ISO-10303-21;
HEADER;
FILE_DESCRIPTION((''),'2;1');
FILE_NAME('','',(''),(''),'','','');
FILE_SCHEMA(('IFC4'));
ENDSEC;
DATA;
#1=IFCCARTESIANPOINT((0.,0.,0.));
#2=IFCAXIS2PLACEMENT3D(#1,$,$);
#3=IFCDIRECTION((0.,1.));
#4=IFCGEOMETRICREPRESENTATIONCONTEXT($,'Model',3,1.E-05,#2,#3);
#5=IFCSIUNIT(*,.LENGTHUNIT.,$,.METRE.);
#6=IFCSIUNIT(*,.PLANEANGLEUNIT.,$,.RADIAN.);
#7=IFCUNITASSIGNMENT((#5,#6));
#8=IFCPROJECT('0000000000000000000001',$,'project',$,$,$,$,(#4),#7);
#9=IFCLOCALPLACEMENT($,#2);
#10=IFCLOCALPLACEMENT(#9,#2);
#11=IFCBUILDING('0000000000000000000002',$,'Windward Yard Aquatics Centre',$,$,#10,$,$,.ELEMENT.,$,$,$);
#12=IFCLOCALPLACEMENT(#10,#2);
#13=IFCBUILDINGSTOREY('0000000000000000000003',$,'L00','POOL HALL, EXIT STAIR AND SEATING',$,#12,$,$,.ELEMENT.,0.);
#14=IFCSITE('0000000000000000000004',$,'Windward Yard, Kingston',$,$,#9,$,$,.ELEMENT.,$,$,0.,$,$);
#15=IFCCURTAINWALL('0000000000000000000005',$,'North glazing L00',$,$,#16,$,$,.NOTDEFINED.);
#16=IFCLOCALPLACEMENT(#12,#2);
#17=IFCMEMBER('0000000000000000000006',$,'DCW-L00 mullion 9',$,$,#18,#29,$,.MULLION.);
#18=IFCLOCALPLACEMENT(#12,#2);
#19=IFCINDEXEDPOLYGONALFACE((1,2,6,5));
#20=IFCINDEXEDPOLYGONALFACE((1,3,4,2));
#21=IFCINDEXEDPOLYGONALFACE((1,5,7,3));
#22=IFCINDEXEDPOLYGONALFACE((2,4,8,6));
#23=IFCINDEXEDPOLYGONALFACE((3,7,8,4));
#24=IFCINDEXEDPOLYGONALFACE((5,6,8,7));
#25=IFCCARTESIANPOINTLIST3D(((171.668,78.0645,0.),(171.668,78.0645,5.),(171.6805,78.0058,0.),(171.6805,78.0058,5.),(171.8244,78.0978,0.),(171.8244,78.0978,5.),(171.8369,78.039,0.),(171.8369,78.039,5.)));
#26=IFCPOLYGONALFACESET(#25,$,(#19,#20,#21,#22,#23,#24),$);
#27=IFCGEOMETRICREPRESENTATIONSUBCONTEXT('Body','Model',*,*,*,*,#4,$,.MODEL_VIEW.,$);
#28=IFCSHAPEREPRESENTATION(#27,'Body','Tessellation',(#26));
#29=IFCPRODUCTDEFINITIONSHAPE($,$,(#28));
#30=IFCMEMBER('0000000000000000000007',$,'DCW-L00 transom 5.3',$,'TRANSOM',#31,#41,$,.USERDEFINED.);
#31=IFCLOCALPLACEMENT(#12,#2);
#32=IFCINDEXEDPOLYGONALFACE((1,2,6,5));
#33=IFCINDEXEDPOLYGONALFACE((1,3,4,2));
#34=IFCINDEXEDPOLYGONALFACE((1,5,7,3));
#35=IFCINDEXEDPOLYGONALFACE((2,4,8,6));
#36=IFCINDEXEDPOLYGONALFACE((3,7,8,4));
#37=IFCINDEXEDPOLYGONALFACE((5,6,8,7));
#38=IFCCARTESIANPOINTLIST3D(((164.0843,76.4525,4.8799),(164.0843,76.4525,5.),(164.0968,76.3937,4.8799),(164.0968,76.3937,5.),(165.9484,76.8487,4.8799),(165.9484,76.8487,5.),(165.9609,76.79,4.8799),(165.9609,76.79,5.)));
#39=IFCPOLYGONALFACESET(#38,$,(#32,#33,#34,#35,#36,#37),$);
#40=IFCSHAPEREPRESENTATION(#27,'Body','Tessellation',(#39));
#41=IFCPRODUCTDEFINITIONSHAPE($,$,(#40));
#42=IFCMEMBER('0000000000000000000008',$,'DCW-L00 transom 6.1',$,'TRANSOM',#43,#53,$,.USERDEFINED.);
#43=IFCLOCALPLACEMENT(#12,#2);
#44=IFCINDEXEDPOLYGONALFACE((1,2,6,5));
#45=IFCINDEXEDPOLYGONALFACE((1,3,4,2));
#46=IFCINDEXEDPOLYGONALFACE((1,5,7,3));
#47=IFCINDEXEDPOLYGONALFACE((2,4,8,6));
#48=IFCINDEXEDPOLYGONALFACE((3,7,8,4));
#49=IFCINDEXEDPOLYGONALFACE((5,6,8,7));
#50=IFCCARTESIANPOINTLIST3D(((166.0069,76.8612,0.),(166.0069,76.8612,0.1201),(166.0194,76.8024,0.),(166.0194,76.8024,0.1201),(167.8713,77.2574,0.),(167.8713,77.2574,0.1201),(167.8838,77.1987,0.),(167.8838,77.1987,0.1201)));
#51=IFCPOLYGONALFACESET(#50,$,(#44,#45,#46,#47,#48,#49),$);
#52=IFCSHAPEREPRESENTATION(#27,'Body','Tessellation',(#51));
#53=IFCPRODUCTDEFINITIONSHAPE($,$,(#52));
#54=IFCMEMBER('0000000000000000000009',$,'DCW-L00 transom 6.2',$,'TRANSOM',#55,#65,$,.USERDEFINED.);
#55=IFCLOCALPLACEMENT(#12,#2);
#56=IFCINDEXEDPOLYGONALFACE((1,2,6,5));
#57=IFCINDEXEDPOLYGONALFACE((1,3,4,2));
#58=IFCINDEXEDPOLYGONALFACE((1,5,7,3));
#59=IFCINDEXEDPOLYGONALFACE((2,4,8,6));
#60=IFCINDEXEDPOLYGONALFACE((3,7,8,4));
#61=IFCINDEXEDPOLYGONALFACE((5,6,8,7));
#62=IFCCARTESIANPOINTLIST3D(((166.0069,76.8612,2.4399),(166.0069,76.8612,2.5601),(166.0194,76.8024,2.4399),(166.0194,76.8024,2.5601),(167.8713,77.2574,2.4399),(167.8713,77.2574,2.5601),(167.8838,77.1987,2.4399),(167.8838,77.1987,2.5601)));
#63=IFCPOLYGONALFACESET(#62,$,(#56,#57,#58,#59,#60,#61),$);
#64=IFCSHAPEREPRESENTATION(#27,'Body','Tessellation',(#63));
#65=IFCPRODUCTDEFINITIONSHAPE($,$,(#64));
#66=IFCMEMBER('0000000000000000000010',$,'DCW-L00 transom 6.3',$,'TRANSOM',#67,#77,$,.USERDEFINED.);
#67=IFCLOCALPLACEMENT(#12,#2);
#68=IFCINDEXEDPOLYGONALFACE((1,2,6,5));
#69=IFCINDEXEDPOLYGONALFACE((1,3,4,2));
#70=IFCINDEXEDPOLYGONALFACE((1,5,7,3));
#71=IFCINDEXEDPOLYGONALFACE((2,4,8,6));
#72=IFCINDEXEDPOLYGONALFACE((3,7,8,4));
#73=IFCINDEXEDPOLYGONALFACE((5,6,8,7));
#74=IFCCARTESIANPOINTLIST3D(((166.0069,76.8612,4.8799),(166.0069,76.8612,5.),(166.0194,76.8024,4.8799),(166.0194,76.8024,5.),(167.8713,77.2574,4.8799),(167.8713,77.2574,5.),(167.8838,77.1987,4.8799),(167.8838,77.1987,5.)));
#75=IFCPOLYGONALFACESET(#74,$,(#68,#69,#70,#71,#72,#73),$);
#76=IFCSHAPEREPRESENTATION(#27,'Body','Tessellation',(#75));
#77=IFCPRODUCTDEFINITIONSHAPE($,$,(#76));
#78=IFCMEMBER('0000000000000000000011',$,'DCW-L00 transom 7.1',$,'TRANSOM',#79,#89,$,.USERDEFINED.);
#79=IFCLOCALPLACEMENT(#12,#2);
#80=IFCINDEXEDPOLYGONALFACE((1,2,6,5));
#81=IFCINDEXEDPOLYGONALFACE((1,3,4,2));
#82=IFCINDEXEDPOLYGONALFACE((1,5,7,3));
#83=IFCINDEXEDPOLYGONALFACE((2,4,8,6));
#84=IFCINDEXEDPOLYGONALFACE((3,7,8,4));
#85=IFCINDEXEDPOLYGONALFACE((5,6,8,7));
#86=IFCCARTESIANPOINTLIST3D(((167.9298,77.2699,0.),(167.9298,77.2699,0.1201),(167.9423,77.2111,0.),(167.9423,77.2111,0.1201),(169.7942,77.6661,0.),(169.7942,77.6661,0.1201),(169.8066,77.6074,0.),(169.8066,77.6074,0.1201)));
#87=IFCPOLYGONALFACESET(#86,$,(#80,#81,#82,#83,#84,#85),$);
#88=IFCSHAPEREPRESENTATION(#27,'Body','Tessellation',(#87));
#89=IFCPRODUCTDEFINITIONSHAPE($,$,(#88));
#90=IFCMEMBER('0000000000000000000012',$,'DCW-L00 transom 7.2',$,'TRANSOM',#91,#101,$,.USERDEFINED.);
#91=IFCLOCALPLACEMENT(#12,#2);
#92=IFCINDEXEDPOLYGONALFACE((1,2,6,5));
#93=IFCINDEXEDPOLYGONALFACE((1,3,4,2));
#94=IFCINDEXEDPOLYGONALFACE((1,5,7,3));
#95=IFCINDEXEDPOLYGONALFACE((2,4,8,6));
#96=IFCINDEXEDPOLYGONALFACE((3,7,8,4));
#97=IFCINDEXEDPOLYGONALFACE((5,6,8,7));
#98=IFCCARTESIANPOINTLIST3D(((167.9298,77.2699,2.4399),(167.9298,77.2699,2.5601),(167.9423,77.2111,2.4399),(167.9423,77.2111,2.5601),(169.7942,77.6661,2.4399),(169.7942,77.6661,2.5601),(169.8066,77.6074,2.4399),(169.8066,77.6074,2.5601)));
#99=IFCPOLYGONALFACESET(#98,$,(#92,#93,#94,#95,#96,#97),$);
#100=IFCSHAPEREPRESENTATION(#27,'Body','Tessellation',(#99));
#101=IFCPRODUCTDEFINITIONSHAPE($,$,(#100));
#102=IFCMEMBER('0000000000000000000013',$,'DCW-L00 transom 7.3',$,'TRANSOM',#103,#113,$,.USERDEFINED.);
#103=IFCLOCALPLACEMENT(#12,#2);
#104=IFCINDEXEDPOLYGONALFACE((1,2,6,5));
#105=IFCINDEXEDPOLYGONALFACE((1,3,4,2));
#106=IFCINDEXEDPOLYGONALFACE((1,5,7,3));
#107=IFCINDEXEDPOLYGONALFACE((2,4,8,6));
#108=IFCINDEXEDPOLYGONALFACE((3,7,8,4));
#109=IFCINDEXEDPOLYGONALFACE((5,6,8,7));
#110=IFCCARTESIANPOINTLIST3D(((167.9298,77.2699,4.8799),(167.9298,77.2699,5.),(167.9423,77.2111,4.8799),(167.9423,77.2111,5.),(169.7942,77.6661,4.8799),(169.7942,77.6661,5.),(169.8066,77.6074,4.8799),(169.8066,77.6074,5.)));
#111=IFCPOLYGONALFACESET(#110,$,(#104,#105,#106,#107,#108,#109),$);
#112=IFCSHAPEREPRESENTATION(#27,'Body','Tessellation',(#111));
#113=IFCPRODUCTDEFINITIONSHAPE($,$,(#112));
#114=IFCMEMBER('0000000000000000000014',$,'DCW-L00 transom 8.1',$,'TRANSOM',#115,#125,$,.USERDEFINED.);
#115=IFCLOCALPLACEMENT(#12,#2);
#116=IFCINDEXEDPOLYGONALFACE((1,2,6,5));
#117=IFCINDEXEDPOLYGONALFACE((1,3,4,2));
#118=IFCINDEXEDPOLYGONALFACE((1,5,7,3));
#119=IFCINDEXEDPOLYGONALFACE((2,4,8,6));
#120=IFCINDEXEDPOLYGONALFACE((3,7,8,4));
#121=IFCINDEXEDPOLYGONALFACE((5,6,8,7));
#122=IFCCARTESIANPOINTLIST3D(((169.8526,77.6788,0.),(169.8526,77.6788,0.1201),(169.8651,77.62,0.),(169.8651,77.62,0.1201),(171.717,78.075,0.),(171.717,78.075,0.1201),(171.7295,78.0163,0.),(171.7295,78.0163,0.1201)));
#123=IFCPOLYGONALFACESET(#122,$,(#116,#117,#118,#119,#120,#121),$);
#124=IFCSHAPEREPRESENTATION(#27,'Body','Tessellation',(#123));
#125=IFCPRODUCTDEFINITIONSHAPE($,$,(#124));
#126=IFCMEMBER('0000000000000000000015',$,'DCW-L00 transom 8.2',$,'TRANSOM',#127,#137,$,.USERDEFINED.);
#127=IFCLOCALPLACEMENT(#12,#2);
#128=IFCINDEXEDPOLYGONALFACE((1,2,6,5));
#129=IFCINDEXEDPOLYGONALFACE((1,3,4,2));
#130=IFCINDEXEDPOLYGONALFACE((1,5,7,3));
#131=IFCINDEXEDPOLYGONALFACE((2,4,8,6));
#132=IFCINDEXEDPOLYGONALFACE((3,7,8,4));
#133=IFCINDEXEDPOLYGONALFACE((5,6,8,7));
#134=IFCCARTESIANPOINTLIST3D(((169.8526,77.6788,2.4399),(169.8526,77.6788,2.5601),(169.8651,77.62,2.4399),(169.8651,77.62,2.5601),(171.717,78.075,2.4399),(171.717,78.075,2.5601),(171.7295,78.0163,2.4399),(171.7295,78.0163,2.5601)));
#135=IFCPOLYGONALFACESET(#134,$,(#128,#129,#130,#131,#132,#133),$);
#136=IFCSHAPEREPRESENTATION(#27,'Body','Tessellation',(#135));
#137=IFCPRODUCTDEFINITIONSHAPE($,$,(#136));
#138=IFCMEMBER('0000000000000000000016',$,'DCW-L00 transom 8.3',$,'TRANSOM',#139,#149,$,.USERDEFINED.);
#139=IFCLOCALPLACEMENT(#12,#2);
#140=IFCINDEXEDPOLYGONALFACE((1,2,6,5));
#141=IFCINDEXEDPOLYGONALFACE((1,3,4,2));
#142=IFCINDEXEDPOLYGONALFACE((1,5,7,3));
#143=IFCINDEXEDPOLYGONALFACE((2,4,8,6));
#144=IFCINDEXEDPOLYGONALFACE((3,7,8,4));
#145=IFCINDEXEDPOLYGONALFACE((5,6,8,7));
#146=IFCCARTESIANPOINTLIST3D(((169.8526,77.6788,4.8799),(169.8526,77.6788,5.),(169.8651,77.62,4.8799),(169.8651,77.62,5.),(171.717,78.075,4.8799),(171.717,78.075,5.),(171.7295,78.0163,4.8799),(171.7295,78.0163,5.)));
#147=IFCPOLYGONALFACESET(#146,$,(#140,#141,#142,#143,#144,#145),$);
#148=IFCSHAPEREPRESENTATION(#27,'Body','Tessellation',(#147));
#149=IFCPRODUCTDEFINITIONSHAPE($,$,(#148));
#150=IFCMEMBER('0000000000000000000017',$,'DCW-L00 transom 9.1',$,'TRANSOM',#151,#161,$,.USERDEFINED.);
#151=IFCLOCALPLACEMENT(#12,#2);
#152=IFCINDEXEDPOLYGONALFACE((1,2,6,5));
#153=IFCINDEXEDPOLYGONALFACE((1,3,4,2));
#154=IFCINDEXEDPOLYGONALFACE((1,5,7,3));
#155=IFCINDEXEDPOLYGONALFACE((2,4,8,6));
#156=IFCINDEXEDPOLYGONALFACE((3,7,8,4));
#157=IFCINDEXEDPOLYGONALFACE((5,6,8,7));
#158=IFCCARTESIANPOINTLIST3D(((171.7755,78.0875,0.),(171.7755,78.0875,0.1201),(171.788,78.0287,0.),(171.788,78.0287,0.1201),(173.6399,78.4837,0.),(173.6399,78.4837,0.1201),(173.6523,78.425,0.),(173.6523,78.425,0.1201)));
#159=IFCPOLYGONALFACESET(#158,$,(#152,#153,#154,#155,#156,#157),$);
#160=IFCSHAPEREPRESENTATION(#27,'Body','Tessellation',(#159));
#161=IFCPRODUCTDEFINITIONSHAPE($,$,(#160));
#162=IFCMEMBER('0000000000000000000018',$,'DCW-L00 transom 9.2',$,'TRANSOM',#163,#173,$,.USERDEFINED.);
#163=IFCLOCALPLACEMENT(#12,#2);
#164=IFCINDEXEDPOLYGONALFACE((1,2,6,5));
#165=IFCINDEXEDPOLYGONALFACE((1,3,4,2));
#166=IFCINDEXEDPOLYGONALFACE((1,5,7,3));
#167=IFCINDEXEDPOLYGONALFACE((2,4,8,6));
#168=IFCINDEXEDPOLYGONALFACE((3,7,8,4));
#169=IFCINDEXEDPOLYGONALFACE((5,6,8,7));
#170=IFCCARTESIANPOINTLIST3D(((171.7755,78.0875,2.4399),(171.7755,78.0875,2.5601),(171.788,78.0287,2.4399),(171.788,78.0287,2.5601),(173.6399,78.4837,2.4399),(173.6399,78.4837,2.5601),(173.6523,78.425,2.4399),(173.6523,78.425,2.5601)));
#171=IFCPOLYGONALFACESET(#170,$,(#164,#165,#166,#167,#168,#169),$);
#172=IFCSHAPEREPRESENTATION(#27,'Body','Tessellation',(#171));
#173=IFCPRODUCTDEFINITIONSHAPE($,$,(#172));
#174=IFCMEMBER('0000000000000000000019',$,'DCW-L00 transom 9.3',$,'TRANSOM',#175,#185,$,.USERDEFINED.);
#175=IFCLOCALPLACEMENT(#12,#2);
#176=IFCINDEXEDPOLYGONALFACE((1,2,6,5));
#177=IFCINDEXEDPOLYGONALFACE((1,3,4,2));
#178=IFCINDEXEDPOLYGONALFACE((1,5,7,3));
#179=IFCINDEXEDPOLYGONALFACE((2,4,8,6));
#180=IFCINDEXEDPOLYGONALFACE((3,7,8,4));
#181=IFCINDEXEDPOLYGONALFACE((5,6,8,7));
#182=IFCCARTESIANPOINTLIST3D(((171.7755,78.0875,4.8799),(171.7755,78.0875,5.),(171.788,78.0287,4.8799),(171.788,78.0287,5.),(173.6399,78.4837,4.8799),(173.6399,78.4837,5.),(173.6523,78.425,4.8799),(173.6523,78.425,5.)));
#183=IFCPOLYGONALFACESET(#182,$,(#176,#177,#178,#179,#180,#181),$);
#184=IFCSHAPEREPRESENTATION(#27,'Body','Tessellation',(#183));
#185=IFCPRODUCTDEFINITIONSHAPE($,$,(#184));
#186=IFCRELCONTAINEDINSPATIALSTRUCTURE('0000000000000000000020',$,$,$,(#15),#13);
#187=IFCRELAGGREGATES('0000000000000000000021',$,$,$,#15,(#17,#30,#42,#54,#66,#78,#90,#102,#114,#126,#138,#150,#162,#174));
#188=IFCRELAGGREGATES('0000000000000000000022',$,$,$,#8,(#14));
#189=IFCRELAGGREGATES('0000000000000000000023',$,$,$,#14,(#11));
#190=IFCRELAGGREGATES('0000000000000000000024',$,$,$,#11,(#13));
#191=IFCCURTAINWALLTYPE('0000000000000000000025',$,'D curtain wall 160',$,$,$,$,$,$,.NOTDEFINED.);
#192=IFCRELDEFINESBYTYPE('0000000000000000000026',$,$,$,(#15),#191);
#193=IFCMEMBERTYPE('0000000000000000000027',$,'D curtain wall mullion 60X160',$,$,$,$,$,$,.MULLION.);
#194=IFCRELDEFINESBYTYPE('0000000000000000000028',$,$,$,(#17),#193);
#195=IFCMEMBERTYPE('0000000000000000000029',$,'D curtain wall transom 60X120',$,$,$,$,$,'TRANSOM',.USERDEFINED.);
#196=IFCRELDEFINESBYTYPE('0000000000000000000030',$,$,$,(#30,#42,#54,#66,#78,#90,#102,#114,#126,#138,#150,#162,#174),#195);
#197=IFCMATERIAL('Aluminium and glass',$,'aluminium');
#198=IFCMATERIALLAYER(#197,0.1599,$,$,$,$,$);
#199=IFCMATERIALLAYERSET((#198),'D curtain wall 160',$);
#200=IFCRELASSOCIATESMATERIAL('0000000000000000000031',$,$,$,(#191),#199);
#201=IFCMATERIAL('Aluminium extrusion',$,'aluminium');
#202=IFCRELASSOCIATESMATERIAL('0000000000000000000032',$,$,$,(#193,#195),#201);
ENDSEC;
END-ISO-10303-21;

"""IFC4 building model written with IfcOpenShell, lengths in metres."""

from ifc_helpers import new_model, si_unit, direction, frame, origin, origin_2d, place, context, subcontext, project, spatial, rectangle, extrude, material, layer, layer_set, material_profile, profile_set, type_object, element, aggregate, save


model = new_model("IFC4")

# Units and contexts
model_context = context("Model", 3, precision=1e-05, world=origin(), true_north=direction((0.0, 1.0)))
body_context = subcontext(model_context, "Body", "Model", "MODEL_VIEW")
ifc_project = project(units=[si_unit("LENGTHUNIT", "METRE"), si_unit("PLANEANGLEUNIT", "RADIAN")], contexts=[model_context])

# Site, building, storey
site_placement = place(None, origin())
site = spatial("IfcSite", under=ifc_project, at=site_placement, Name="Windward Yard, Kingston", CompositionType="ELEMENT", RefElevation=0.0)
building_placement = place(site_placement, origin())
building = spatial("IfcBuilding", under=site, at=building_placement, Name="Windward Yard Aquatics Centre", CompositionType="ELEMENT")
storey_placement = place(building_placement, origin())
storey = spatial("IfcBuildingStorey", under=building, at=storey_placement, Name="L00", Description="POOL HALL, EXIT STAIR AND SEATING", CompositionType="ELEMENT", Elevation=0.0)

# Curtain wall, members
ifc_material_1 = material(Name="Aluminium and glass", Category="aluminium")
ifc_layer_1 = layer(ifc_material_1, 0.1599)
ifc_layer_set_1 = layer_set([ifc_layer_1], Name="D curtain wall 160")
curtain_wall_type = type_object("IfcCurtainWallType", Name="D curtain wall 160", PredefinedType="NOTDEFINED", material=ifc_layer_set_1)
curtain_wall_placement = place(storey_placement, origin())
curtain_wall = element("IfcCurtainWall", 1, at=curtain_wall_placement, inside=storey, type_object=curtain_wall_type, Name="North glazing L00", PredefinedType="NOTDEFINED")
ifc_material_2 = material(Name="Aluminium extrusion", Category="aluminium")
ifc_material_profile_1 = material_profile(ifc_material_2, rectangle(XDim=0.0601, YDim=0.1599, at=origin_2d()), Name="MULLION 60X160")
ifc_profile_set_1 = profile_set([ifc_material_profile_1], Name="Aluminium extrusion")
member_type_1 = type_object("IfcMemberType", Name="D curtain wall mullion 60X160", PredefinedType="MULLION", material=ifc_profile_set_1)
member_1_placement = place(storey_placement, frame((171.7524, 78.0518, 0.0), z_axis=(0.0, 0.0, 1.0), x_axis=(-0.207912, 0.978148, 0.0)))
member_1 = element("IfcMember", 2, at=member_1_placement, type_object=member_type_1, Name="DCW-L00 mullion 9", PredefinedType="MULLION", context=body_context, shape_type="SweptSolid", body=[
    extrude(rectangle(XDim=0.0601, YDim=0.1599, at=origin_2d()), origin(), (0.0, 0.0, 1.0), 5.0),
])
ifc_material_profile_2 = material_profile(ifc_material_2, rectangle(XDim=0.0601, YDim=0.1201, at=origin_2d()), Name="TRANSOM 60X120")
ifc_profile_set_2 = profile_set([ifc_material_profile_2], Name="Aluminium extrusion")
member_type_2 = type_object("IfcMemberType", Name="D curtain wall transom 60X120", ElementType="TRANSOM", PredefinedType="USERDEFINED", material=ifc_profile_set_2)
member_2_placement = place(storey_placement, frame((164.0906, 76.4231, 4.9399), z_axis=(0.978144, 0.207928, 0.0), x_axis=(-0.207928, 0.978144, 0.0)))
member_2 = element("IfcMember", 3, at=member_2_placement, type_object=member_type_2, Name="DCW-L00 transom 5.3", ObjectType="TRANSOM", PredefinedType="USERDEFINED", context=body_context, shape_type="SweptSolid", body=[
    extrude(rectangle(XDim=0.0601, YDim=0.1201, at=origin_2d()), origin(), (0.0, 0.0, 1.0), 1.9058),
])
member_3_placement = place(storey_placement, frame((166.0132, 76.8318, 0.0601), z_axis=(0.97815, 0.207902, 0.0), x_axis=(-0.207902, 0.97815, 0.0)))
member_3 = element("IfcMember", 4, at=member_3_placement, type_object=member_type_2, Name="DCW-L00 transom 6.1", ObjectType="TRANSOM", PredefinedType="USERDEFINED", context=body_context, shape_type="SweptSolid", body=[
    extrude(rectangle(XDim=0.0601, YDim=0.1201, at=origin_2d()), origin(), (0.0, 0.0, 1.0), 1.906),
])
member_4_placement = place(storey_placement, frame((166.0132, 76.8318, 2.5), z_axis=(0.97815, 0.207902, 0.0), x_axis=(-0.207902, 0.97815, 0.0)))
member_4 = element("IfcMember", 5, at=member_4_placement, type_object=member_type_2, Name="DCW-L00 transom 6.2", ObjectType="TRANSOM", PredefinedType="USERDEFINED", context=body_context, shape_type="SweptSolid", body=[
    extrude(rectangle(XDim=0.0601, YDim=0.1201, at=origin_2d()), origin(), (0.0, 0.0, 1.0), 1.906),
])
member_5_placement = place(storey_placement, frame((166.0132, 76.8318, 4.9399), z_axis=(0.97815, 0.207902, 0.0), x_axis=(-0.207902, 0.97815, 0.0)))
member_5 = element("IfcMember", 6, at=member_5_placement, type_object=member_type_2, Name="DCW-L00 transom 6.3", ObjectType="TRANSOM", PredefinedType="USERDEFINED", context=body_context, shape_type="SweptSolid", body=[
    extrude(rectangle(XDim=0.0601, YDim=0.1201, at=origin_2d()), origin(), (0.0, 0.0, 1.0), 1.906),
])
member_6_placement = place(storey_placement, frame((167.936, 77.2405, 0.0601), z_axis=(0.97815, 0.207902, 0.0), x_axis=(-0.207902, 0.97815, 0.0)))
member_6 = element("IfcMember", 7, at=member_6_placement, type_object=member_type_2, Name="DCW-L00 transom 7.1", ObjectType="TRANSOM", PredefinedType="USERDEFINED", context=body_context, shape_type="SweptSolid", body=[
    extrude(rectangle(XDim=0.0601, YDim=0.1201, at=origin_2d()), origin(), (0.0, 0.0, 1.0), 1.906),
])
member_7_placement = place(storey_placement, frame((167.936, 77.2405, 2.5), z_axis=(0.97815, 0.207902, 0.0), x_axis=(-0.207902, 0.97815, 0.0)))
member_7 = element("IfcMember", 8, at=member_7_placement, type_object=member_type_2, Name="DCW-L00 transom 7.2", ObjectType="TRANSOM", PredefinedType="USERDEFINED", context=body_context, shape_type="SweptSolid", body=[
    extrude(rectangle(XDim=0.0601, YDim=0.1201, at=origin_2d()), origin(), (0.0, 0.0, 1.0), 1.906),
])
member_8_placement = place(storey_placement, frame((167.936, 77.2405, 4.9399), z_axis=(0.97815, 0.207902, 0.0), x_axis=(-0.207902, 0.97815, 0.0)))
member_8 = element("IfcMember", 9, at=member_8_placement, type_object=member_type_2, Name="DCW-L00 transom 7.3", ObjectType="TRANSOM", PredefinedType="USERDEFINED", context=body_context, shape_type="SweptSolid", body=[
    extrude(rectangle(XDim=0.0601, YDim=0.1201, at=origin_2d()), origin(), (0.0, 0.0, 1.0), 1.906),
])
member_9_placement = place(storey_placement, frame((169.8589, 77.6494, 0.0601), z_axis=(0.97815, 0.207902, 0.0), x_axis=(-0.207902, 0.97815, 0.0)))
member_9 = element("IfcMember", 10, at=member_9_placement, type_object=member_type_2, Name="DCW-L00 transom 8.1", ObjectType="TRANSOM", PredefinedType="USERDEFINED", context=body_context, shape_type="SweptSolid", body=[
    extrude(rectangle(XDim=0.0601, YDim=0.1201, at=origin_2d()), origin(), (0.0, 0.0, 1.0), 1.906),
])
member_10_placement = place(storey_placement, frame((169.8589, 77.6494, 2.5), z_axis=(0.97815, 0.207902, 0.0), x_axis=(-0.207902, 0.97815, 0.0)))
member_10 = element("IfcMember", 11, at=member_10_placement, type_object=member_type_2, Name="DCW-L00 transom 8.2", ObjectType="TRANSOM", PredefinedType="USERDEFINED", context=body_context, shape_type="SweptSolid", body=[
    extrude(rectangle(XDim=0.0601, YDim=0.1201, at=origin_2d()), origin(), (0.0, 0.0, 1.0), 1.906),
])
member_11_placement = place(storey_placement, frame((169.8589, 77.6494, 4.9399), z_axis=(0.97815, 0.207902, 0.0), x_axis=(-0.207902, 0.97815, 0.0)))
member_11 = element("IfcMember", 12, at=member_11_placement, type_object=member_type_2, Name="DCW-L00 transom 8.3", ObjectType="TRANSOM", PredefinedType="USERDEFINED", context=body_context, shape_type="SweptSolid", body=[
    extrude(rectangle(XDim=0.0601, YDim=0.1201, at=origin_2d()), origin(), (0.0, 0.0, 1.0), 1.906),
])
member_12_placement = place(storey_placement, frame((171.7817, 78.0581, 0.0601), z_axis=(0.97815, 0.207902, 0.0), x_axis=(-0.207902, 0.97815, 0.0)))
member_12 = element("IfcMember", 13, at=member_12_placement, type_object=member_type_2, Name="DCW-L00 transom 9.1", ObjectType="TRANSOM", PredefinedType="USERDEFINED", context=body_context, shape_type="SweptSolid", body=[
    extrude(rectangle(XDim=0.0601, YDim=0.1201, at=origin_2d()), origin(), (0.0, 0.0, 1.0), 1.906),
])
member_13_placement = place(storey_placement, frame((171.7817, 78.0581, 2.5), z_axis=(0.97815, 0.207902, 0.0), x_axis=(-0.207902, 0.97815, 0.0)))
member_13 = element("IfcMember", 14, at=member_13_placement, type_object=member_type_2, Name="DCW-L00 transom 9.2", ObjectType="TRANSOM", PredefinedType="USERDEFINED", context=body_context, shape_type="SweptSolid", body=[
    extrude(rectangle(XDim=0.0601, YDim=0.1201, at=origin_2d()), origin(), (0.0, 0.0, 1.0), 1.906),
])
member_14_placement = place(storey_placement, frame((171.7817, 78.0581, 4.9399), z_axis=(0.97815, 0.207902, 0.0), x_axis=(-0.207902, 0.97815, 0.0)))
member_14 = element("IfcMember", 15, at=member_14_placement, type_object=member_type_2, Name="DCW-L00 transom 9.3", ObjectType="TRANSOM", PredefinedType="USERDEFINED", context=body_context, shape_type="SweptSolid", body=[
    extrude(rectangle(XDim=0.0601, YDim=0.1201, at=origin_2d()), origin(), (0.0, 0.0, 1.0), 1.906),
])
aggregate(curtain_wall, [member_1, member_2, member_3, member_4, member_5, member_6, member_7, member_8, member_9, member_10, member_11, member_12, member_13, member_14])

save(model, "model.ifc")
